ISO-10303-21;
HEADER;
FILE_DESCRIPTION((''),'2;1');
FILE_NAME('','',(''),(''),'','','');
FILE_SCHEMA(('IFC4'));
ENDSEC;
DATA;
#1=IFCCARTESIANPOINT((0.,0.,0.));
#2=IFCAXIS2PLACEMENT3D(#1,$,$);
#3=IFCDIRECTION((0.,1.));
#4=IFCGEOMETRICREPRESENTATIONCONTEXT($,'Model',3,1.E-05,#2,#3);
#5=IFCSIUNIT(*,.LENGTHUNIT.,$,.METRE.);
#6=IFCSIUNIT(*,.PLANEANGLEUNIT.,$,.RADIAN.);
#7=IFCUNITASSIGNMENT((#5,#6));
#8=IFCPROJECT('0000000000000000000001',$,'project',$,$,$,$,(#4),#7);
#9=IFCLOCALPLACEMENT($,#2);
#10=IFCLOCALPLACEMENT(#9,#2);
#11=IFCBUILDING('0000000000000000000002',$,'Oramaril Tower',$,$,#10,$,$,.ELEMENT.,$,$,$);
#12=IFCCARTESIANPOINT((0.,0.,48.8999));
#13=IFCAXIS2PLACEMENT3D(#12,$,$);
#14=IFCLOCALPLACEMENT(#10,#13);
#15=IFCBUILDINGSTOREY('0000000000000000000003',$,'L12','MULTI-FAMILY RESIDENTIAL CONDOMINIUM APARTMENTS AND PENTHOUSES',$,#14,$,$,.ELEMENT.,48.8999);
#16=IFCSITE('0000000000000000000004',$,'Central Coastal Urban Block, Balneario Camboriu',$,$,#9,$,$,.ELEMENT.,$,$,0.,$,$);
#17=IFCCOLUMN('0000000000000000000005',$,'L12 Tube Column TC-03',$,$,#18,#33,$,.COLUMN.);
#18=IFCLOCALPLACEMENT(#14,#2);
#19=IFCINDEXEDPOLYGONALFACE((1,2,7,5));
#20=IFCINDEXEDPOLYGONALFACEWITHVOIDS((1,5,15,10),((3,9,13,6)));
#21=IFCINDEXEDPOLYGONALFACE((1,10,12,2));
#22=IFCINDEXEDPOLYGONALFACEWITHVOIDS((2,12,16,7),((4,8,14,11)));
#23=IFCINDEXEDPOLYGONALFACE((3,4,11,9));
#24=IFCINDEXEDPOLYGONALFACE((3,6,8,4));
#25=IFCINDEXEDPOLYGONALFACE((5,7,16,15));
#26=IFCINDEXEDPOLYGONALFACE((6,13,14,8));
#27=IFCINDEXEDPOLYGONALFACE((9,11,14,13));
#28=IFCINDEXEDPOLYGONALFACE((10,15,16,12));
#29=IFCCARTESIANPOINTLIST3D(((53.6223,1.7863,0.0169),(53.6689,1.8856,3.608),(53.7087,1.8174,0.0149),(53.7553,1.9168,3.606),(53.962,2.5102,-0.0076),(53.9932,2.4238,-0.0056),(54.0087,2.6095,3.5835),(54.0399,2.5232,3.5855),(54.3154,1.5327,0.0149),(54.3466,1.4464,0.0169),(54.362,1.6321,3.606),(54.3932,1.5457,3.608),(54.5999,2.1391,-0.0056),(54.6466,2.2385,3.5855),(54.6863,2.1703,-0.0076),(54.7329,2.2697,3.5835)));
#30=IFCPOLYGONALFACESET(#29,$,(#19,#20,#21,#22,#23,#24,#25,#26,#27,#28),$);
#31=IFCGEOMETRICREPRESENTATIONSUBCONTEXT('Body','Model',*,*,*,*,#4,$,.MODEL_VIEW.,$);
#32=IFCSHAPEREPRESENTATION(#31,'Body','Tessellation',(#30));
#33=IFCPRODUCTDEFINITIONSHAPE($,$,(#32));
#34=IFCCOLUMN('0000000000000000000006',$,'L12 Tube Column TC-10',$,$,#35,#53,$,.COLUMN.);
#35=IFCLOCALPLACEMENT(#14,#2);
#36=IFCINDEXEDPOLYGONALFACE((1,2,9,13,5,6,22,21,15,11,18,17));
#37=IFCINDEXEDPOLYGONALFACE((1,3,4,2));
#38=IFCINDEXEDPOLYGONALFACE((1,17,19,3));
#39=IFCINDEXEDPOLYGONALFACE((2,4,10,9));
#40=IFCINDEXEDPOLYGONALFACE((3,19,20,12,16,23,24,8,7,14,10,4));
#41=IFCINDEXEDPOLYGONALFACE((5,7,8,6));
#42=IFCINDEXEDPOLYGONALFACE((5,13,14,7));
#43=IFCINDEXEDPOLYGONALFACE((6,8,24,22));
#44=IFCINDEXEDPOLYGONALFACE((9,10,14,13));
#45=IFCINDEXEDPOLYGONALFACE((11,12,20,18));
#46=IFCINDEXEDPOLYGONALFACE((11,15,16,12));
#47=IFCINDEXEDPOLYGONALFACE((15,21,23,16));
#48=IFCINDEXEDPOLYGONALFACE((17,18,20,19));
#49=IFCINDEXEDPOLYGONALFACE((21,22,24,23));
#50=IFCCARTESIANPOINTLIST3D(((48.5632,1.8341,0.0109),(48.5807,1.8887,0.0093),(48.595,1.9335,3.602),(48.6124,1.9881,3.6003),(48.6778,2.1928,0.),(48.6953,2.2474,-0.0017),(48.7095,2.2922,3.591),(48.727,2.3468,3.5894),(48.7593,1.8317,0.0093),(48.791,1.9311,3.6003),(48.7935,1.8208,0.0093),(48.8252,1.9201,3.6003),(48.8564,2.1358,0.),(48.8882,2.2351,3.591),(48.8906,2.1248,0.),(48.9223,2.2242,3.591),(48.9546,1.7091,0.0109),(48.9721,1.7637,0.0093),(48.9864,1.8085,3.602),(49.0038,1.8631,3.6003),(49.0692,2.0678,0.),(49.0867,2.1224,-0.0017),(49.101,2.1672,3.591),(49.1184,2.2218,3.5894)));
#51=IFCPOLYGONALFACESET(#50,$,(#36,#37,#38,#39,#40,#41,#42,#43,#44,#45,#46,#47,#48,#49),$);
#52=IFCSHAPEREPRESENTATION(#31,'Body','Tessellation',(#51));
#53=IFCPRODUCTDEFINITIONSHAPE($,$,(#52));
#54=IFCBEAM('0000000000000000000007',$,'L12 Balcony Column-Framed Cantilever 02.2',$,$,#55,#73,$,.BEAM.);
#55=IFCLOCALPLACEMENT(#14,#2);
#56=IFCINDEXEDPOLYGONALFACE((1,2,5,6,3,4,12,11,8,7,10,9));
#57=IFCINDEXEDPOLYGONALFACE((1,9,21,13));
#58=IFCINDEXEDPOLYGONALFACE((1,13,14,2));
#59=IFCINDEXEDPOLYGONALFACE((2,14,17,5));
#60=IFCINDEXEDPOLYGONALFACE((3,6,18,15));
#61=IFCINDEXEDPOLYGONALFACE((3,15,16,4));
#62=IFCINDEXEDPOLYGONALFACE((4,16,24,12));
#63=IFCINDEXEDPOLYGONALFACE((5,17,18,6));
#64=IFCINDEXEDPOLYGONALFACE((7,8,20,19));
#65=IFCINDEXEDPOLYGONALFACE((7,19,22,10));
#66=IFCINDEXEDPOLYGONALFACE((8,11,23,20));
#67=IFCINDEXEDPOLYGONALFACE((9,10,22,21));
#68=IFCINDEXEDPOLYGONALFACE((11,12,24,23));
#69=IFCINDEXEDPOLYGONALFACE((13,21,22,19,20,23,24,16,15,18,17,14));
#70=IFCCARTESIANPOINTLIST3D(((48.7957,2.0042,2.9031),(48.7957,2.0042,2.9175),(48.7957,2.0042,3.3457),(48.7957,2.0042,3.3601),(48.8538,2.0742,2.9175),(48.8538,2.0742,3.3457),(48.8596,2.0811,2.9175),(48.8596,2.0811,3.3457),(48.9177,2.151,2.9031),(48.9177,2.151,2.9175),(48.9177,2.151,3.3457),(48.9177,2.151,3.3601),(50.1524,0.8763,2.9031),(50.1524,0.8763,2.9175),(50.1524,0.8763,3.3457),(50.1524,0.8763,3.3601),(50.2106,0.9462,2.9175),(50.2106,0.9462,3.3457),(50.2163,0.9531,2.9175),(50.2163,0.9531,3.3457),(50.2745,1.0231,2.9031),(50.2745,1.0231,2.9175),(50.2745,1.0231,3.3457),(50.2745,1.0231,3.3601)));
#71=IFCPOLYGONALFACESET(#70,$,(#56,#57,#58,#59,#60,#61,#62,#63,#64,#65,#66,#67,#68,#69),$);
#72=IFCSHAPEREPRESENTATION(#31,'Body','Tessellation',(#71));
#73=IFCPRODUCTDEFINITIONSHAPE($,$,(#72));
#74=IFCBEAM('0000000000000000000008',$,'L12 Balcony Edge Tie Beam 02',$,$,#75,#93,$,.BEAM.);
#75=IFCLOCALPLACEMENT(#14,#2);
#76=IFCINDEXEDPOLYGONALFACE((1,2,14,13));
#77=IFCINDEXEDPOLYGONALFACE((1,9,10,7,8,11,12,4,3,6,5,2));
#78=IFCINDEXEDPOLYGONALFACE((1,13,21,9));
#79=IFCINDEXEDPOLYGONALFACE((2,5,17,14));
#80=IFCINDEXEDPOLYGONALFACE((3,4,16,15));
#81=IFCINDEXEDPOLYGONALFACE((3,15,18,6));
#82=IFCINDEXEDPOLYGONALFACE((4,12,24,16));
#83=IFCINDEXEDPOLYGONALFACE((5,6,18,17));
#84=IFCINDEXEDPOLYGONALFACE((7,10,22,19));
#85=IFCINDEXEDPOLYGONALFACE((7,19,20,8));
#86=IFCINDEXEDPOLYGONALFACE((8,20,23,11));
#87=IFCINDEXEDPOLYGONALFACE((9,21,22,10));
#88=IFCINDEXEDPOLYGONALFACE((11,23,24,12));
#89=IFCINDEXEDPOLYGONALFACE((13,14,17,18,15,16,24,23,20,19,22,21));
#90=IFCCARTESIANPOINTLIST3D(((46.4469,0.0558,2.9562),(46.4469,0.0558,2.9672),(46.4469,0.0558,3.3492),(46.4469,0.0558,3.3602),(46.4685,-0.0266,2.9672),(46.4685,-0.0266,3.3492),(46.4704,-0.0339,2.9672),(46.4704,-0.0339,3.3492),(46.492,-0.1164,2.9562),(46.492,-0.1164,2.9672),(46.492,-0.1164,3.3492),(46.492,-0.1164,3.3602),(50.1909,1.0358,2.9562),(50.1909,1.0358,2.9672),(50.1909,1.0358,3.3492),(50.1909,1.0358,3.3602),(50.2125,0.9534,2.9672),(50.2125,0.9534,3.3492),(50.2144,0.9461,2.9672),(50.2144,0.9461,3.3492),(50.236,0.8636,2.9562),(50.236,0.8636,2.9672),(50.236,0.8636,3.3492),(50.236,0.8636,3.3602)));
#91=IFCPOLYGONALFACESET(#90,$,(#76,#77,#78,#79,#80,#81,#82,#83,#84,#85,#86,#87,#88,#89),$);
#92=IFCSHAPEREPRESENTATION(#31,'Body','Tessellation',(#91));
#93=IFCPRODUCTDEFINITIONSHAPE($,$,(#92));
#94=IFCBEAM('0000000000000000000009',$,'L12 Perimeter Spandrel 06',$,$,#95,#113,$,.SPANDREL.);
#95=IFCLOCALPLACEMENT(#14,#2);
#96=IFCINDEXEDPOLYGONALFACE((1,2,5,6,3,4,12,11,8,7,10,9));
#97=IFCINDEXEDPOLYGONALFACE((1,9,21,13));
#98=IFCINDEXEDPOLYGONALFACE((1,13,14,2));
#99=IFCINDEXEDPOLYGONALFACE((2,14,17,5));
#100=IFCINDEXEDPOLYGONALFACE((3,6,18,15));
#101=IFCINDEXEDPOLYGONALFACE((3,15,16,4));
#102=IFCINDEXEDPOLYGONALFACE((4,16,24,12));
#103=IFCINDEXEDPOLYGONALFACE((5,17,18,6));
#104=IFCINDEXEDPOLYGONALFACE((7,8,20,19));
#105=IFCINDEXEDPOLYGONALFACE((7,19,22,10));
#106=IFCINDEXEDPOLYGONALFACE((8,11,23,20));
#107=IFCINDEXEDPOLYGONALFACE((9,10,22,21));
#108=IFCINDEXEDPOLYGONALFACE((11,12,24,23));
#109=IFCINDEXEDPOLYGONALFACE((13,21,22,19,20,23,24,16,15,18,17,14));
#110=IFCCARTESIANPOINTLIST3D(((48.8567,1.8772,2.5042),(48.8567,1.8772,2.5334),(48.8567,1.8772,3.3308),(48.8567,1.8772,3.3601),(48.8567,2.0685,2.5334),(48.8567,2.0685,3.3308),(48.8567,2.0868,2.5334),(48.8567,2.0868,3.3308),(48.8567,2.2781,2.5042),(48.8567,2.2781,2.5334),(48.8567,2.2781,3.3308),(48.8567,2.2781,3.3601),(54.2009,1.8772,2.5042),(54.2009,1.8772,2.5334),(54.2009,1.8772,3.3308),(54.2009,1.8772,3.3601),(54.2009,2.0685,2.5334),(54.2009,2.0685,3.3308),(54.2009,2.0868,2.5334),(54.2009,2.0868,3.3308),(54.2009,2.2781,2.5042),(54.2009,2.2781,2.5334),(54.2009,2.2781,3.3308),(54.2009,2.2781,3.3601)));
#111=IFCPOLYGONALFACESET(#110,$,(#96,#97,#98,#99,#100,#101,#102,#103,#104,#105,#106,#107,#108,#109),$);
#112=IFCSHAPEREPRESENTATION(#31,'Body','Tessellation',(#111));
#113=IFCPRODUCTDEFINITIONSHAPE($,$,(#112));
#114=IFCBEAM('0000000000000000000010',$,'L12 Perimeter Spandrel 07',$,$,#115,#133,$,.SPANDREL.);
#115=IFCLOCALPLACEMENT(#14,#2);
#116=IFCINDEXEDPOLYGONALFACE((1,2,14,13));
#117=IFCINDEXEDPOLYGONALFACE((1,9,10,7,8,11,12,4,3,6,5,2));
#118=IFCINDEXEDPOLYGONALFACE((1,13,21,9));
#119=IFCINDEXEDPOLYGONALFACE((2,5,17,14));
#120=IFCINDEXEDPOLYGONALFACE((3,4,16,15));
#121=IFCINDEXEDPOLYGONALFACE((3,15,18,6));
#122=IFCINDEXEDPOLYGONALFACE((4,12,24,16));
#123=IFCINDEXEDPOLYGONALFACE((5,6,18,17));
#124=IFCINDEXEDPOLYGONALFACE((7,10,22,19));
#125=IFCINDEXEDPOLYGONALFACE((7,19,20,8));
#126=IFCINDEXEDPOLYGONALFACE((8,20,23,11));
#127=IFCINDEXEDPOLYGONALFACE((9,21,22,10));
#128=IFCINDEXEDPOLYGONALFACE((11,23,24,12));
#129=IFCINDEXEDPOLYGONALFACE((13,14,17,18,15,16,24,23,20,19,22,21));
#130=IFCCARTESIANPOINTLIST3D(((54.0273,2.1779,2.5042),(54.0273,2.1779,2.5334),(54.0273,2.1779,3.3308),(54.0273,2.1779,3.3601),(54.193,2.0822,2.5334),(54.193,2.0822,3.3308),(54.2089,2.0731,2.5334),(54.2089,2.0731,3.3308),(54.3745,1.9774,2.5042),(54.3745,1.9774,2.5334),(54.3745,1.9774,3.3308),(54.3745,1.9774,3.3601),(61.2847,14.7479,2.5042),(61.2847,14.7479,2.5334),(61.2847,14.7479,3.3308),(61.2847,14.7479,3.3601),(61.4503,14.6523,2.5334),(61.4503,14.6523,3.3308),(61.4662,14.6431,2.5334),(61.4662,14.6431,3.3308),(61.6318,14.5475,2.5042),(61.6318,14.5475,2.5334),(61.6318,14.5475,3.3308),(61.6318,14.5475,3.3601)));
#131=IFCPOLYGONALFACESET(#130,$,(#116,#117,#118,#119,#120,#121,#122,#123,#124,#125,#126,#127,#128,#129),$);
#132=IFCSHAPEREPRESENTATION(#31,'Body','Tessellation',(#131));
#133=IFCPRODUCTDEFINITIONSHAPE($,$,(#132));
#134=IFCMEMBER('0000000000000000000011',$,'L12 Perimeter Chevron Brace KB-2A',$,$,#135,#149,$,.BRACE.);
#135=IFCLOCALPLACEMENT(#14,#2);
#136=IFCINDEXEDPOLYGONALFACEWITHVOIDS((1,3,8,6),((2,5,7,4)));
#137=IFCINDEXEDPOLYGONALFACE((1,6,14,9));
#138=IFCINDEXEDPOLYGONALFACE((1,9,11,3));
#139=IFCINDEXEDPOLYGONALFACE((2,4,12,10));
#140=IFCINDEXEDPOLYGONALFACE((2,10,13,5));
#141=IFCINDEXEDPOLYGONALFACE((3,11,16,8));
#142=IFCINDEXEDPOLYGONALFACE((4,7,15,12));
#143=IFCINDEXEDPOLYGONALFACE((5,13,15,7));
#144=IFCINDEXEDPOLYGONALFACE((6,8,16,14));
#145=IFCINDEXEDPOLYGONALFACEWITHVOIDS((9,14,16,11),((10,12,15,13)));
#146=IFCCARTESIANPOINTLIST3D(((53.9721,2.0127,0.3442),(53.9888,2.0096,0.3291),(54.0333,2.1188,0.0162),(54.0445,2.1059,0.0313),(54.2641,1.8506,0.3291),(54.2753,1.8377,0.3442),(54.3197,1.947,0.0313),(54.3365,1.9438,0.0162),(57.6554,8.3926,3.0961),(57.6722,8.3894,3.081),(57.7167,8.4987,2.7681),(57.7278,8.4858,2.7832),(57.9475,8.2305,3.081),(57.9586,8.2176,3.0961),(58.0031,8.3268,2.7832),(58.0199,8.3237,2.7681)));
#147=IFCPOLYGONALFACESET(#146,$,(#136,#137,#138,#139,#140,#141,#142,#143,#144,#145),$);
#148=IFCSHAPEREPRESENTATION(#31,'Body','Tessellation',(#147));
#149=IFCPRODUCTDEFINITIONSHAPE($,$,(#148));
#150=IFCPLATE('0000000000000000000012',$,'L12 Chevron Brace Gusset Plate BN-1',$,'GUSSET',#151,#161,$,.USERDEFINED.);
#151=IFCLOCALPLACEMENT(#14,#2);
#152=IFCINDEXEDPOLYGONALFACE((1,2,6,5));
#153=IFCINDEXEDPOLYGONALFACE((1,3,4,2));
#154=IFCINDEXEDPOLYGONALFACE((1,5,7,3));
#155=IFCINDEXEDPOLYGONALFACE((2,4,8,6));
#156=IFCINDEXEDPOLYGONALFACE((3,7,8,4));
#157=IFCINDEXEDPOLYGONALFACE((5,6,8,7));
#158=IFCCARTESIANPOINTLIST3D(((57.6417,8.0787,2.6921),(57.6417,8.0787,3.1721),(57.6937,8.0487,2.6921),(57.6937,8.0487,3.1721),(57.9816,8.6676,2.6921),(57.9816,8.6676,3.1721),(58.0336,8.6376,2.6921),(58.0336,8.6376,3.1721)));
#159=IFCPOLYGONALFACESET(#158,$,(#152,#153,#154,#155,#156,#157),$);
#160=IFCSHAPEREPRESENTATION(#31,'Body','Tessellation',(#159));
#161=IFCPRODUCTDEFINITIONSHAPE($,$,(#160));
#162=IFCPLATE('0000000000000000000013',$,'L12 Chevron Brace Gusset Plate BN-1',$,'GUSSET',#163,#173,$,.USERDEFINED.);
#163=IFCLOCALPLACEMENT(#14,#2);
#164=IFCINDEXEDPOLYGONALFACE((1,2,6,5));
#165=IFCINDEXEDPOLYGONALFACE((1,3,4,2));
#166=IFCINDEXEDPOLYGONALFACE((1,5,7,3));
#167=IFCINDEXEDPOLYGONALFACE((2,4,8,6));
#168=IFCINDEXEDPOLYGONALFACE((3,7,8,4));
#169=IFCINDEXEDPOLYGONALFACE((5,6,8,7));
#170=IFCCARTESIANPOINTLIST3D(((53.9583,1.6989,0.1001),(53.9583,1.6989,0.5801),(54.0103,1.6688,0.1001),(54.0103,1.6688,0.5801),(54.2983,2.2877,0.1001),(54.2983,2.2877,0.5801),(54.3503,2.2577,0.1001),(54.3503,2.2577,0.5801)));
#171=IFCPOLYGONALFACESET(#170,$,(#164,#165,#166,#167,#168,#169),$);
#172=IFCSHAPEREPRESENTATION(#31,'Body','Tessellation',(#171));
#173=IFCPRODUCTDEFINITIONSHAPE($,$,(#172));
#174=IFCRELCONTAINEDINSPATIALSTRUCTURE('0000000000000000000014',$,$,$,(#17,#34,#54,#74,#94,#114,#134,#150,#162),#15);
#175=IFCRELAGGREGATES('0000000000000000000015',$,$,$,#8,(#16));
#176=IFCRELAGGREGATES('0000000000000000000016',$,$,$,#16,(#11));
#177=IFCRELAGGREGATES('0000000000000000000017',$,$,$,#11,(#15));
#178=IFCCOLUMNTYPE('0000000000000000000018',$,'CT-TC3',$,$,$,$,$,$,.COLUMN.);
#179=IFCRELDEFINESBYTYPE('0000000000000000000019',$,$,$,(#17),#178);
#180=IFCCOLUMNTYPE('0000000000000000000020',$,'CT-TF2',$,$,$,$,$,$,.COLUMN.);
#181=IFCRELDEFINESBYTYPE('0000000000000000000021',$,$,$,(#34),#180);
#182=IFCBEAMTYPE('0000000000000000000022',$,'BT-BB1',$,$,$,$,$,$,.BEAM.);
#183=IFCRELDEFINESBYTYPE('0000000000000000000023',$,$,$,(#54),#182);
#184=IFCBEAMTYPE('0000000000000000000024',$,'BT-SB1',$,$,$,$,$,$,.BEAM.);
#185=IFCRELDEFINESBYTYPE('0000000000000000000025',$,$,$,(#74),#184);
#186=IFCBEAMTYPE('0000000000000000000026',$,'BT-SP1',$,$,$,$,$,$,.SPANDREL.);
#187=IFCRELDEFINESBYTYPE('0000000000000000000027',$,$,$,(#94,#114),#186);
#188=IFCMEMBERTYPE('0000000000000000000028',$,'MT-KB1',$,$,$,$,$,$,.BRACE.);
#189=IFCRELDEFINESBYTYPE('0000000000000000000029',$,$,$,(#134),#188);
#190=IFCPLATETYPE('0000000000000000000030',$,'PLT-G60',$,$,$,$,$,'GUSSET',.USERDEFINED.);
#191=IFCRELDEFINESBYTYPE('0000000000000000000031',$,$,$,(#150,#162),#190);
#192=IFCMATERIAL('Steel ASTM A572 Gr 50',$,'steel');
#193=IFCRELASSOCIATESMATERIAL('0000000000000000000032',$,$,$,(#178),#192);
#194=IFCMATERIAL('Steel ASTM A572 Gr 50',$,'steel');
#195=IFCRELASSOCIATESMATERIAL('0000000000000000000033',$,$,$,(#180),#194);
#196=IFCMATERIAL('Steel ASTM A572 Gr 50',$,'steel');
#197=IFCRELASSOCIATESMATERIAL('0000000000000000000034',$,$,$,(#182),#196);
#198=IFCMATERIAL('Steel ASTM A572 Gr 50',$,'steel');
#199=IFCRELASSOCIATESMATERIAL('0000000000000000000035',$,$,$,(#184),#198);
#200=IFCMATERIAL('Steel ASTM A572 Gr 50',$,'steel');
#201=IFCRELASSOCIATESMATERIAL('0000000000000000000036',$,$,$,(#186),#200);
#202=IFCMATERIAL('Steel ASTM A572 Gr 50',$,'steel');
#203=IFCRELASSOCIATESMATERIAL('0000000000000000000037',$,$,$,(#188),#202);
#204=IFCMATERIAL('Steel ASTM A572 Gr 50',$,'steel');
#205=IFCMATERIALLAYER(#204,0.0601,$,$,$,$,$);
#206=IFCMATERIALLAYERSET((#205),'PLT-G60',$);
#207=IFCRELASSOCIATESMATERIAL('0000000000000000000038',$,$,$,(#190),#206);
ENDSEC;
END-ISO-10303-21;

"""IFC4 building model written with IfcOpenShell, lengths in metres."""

from ifc_helpers import new_model, si_unit, direction, frame, origin, origin_2d, place, context, subcontext, project, spatial, rectangle, hollow_rectangle, i_section, extrude, material, layer, layer_set, material_profile, profile_set, type_object, element, save


model = new_model("IFC4")

# Units and contexts
model_context = context("Model", 3, precision=1e-05, world=origin(), true_north=direction((0.0, 1.0)))
body_context = subcontext(model_context, "Body", "Model", "MODEL_VIEW")
ifc_project = project(units=[si_unit("LENGTHUNIT", "METRE"), si_unit("PLANEANGLEUNIT", "RADIAN")], contexts=[model_context])

# Site, building, storey
site_placement = place(None, origin())
site = spatial("IfcSite", under=ifc_project, at=site_placement, Name="Central Coastal Urban Block, Balneario Camboriu", CompositionType="ELEMENT", RefElevation=0.0)
building_placement = place(site_placement, origin())
building = spatial("IfcBuilding", under=site, at=building_placement, Name="Oramaril Tower", CompositionType="ELEMENT")
storey_placement = place(building_placement, frame((0.0, 0.0, 48.8999)))
storey = spatial("IfcBuildingStorey", under=building, at=storey_placement, Name="L12", Description="MULTI-FAMILY RESIDENTIAL CONDOMINIUM APARTMENTS AND PENTHOUSES", CompositionType="ELEMENT", Elevation=48.8999)

# Columns
ifc_material_1 = material(Name="Steel ASTM A572 Gr 50", Category="steel")
ifc_material_profile_1 = material_profile(ifc_material_1, hollow_rectangle(XDim=0.8, YDim=0.8, WallThickness=0.0649, at=origin_2d()), Name="BOX800X800X65")
ifc_profile_set_1 = profile_set([ifc_material_profile_1], Name="Steel ASTM A572 Gr 50")
column_type_1 = type_object("IfcColumnType", Name="CT-TC3", PredefinedType="COLUMN", material=ifc_profile_set_1)
column_1_placement = place(storey_placement, frame((54.1543, 1.9783, 0.0046), z_axis=(0.012979, 0.027657, 0.999533), x_axis=(-0.905272, 0.424833, 0.0)))
element("IfcColumn", 1, at=column_1_placement, inside=storey, type_object=column_type_1, Name="L12 Tube Column TC-03", PredefinedType="COLUMN", context=body_context, shape_type="SweptSolid", body=[
    extrude(hollow_rectangle(XDim=0.8, YDim=0.8, WallThickness=0.0649, at=origin_2d()), origin(), (0.0, 0.0, 1.0), 3.5928),
])
ifc_material_2 = material(Name="Steel ASTM A572 Gr 50", Category="steel")
ifc_material_profile_2 = material_profile(ifc_material_2, i_section(OverallWidth=0.4109, OverallDepth=0.4341, WebThickness=0.0359, FlangeThickness=0.0574, at=origin_2d()), Name="W14X311")
ifc_profile_set_2 = profile_set([ifc_material_profile_2], Name="Steel ASTM A572 Gr 50")
column_type_2 = type_object("IfcColumnType", Name="CT-TF2", PredefinedType="COLUMN", material=ifc_profile_set_2)
column_2_placement = place(storey_placement, frame((48.825, 1.9783, 0.0046), z_axis=(0.008834, 0.027658, 0.999578), x_axis=(-0.952587, 0.304266, 0.0)))
element("IfcColumn", 2, at=column_2_placement, inside=storey, type_object=column_type_2, Name="L12 Tube Column TC-10", PredefinedType="COLUMN", context=body_context, shape_type="SweptSolid", body=[
    extrude(i_section(OverallWidth=0.4109, OverallDepth=0.4341, WebThickness=0.0359, FlangeThickness=0.0574, at=origin_2d()), origin(), (0.0, 0.0, 1.0), 3.5925),
])

# Beams
ifc_material_3 = material(Name="Steel ASTM A572 Gr 50", Category="steel")
ifc_material_profile_3 = material_profile(ifc_material_3, i_section(OverallWidth=0.1909, OverallDepth=0.457, WebThickness=0.009, FlangeThickness=0.0144, at=origin_2d()), Name="W18X50")
ifc_profile_set_3 = profile_set([ifc_material_profile_3], Name="Steel ASTM A572 Gr 50")
beam_type_1 = type_object("IfcBeamType", Name="BT-BB1", PredefinedType="BEAM", material=ifc_profile_set_3)
beam_1_placement = place(storey_placement, frame((48.8567, 2.0776, 3.1316), z_axis=(0.768958, -0.639299, 0.0), x_axis=(0.639299, 0.768958, 0.0)))
element("IfcBeam", 3, at=beam_1_placement, inside=storey, type_object=beam_type_1, Name="L12 Balcony Column-Framed Cantilever 02.2", PredefinedType="BEAM", context=body_context, shape_type="SweptSolid", body=[
    extrude(i_section(OverallWidth=0.1909, OverallDepth=0.457, WebThickness=0.009, FlangeThickness=0.0144, at=origin_2d()), origin(), (0.0, 0.0, 1.0), 1.7644),
])
ifc_material_4 = material(Name="Steel ASTM A572 Gr 50", Category="steel")
ifc_material_profile_4 = material_profile(ifc_material_4, i_section(OverallWidth=0.178, OverallDepth=0.4041, WebThickness=0.0076, FlangeThickness=0.011, at=origin_2d()), Name="W16X36")
ifc_profile_set_4 = profile_set([ifc_material_profile_4], Name="Steel ASTM A572 Gr 50")
beam_type_2 = type_object("IfcBeamType", Name="BT-SB1", PredefinedType="BEAM", material=ifc_profile_set_4)
beam_2_placement = place(storey_placement, frame((46.4695, -0.0303, 3.1582), z_axis=(0.967408, 0.253223, 0.0), x_axis=(-0.253223, 0.967408, 0.0)))
element("IfcBeam", 4, at=beam_2_placement, inside=storey, type_object=beam_type_2, Name="L12 Balcony Edge Tie Beam 02", PredefinedType="BEAM", context=body_context, shape_type="SweptSolid", body=[
    extrude(i_section(OverallWidth=0.178, OverallDepth=0.4041, WebThickness=0.0076, FlangeThickness=0.011, at=origin_2d()), origin(), (0.0, 0.0, 1.0), 3.8701),
])
ifc_material_5 = material(Name="Steel ASTM A572 Gr 50", Category="steel")
ifc_material_profile_5 = material_profile(ifc_material_5, i_section(OverallWidth=0.4009, OverallDepth=0.856, WebThickness=0.0183, FlangeThickness=0.0293, at=origin_2d()), Name="W33X201")
ifc_profile_set_5 = profile_set([ifc_material_profile_5], Name="Steel ASTM A572 Gr 50")
beam_type_3 = type_object("IfcBeamType", Name="BT-SP1", PredefinedType="SPANDREL", material=ifc_profile_set_5)
beam_3_placement = place(storey_placement, frame((48.8567, 2.0776, 2.9321), z_axis=(1.0, 0.0, 0.0), x_axis=(0.0, 1.0, 0.0)))
element("IfcBeam", 5, at=beam_3_placement, inside=storey, type_object=beam_type_3, Name="L12 Perimeter Spandrel 06", PredefinedType="SPANDREL", context=body_context, shape_type="SweptSolid", body=[
    extrude(i_section(OverallWidth=0.4009, OverallDepth=0.856, WebThickness=0.0183, FlangeThickness=0.0293, at=origin_2d()), origin(), (0.0, 0.0, 1.0), 5.3442),
])
beam_4_placement = place(storey_placement, frame((54.2009, 2.0776, 2.9321), z_axis=(0.5, 0.866026, 0.0), x_axis=(-0.866026, 0.5, 0.0)))
element("IfcBeam", 6, at=beam_4_placement, inside=storey, type_object=beam_type_3, Name="L12 Perimeter Spandrel 07", PredefinedType="SPANDREL", context=body_context, shape_type="SweptSolid", body=[
    extrude(i_section(OverallWidth=0.4009, OverallDepth=0.856, WebThickness=0.0183, FlangeThickness=0.0293, at=origin_2d()), origin(), (0.0, 0.0, 1.0), 14.5146),
])

# Member
ifc_material_6 = material(Name="Steel ASTM A572 Gr 50", Category="steel")
ifc_material_profile_6 = material_profile(ifc_material_6, hollow_rectangle(XDim=0.3501, YDim=0.3501, WallThickness=0.0161, at=origin_2d()), Name="HSS350X350X16")
ifc_profile_set_6 = profile_set([ifc_material_profile_6], Name="Steel ASTM A572 Gr 50")
member_type = type_object("IfcMemberType", Name="MT-KB1", PredefinedType="BRACE", material=ifc_profile_set_6)
member_placement = place(storey_placement, frame((54.1543, 1.9783, 0.1802), z_axis=(0.468378, 0.811272, 0.349941), x_axis=(-0.86603, 0.499992, 0.0)))
element("IfcMember", 7, at=member_placement, inside=storey, type_object=member_type, Name="L12 Perimeter Chevron Brace KB-2A", PredefinedType="BRACE", context=body_context, shape_type="SweptSolid", body=[
    extrude(hollow_rectangle(XDim=0.3501, YDim=0.3501, WallThickness=0.0161, at=origin_2d()), origin(), (0.0, 0.0, 1.0), 7.864),
])

# Plates
ifc_material_7 = material(Name="Steel ASTM A572 Gr 50", Category="steel")
ifc_layer_1 = layer(ifc_material_7, 0.0601)
ifc_layer_set_1 = layer_set([ifc_layer_1], Name="PLT-G60")
plate_type = type_object("IfcPlateType", Name="PLT-G60", ElementType="GUSSET", PredefinedType="USERDEFINED", material=ifc_layer_set_1)
for number, where, z_axis, x_axis, name in (
    (8, (57.8376, 8.3582, 2.6921), (0.0, 0.0, 1.0), (0.5, 0.866025, 0.0), "L12 Chevron Brace Gusset Plate BN-1"),
    (9, (54.1543, 1.9783, 0.1001), (0.0, 0.0, 1.0), (0.5, 0.866025, 0.0), "L12 Chevron Brace Gusset Plate BN-1"),
):
    element("IfcPlate", number, at=place(storey_placement, frame(where, z_axis=z_axis, x_axis=x_axis)), inside=storey, type_object=plate_type, Name=name, ObjectType="GUSSET", PredefinedType="USERDEFINED", context=body_context, shape_type="SweptSolid", body=[
        extrude(rectangle(XDim=0.6799, YDim=0.0601, at=origin_2d()), origin(), (0.0, 0.0, 1.0), 0.48),
    ])

save(model, "model.ifc")
